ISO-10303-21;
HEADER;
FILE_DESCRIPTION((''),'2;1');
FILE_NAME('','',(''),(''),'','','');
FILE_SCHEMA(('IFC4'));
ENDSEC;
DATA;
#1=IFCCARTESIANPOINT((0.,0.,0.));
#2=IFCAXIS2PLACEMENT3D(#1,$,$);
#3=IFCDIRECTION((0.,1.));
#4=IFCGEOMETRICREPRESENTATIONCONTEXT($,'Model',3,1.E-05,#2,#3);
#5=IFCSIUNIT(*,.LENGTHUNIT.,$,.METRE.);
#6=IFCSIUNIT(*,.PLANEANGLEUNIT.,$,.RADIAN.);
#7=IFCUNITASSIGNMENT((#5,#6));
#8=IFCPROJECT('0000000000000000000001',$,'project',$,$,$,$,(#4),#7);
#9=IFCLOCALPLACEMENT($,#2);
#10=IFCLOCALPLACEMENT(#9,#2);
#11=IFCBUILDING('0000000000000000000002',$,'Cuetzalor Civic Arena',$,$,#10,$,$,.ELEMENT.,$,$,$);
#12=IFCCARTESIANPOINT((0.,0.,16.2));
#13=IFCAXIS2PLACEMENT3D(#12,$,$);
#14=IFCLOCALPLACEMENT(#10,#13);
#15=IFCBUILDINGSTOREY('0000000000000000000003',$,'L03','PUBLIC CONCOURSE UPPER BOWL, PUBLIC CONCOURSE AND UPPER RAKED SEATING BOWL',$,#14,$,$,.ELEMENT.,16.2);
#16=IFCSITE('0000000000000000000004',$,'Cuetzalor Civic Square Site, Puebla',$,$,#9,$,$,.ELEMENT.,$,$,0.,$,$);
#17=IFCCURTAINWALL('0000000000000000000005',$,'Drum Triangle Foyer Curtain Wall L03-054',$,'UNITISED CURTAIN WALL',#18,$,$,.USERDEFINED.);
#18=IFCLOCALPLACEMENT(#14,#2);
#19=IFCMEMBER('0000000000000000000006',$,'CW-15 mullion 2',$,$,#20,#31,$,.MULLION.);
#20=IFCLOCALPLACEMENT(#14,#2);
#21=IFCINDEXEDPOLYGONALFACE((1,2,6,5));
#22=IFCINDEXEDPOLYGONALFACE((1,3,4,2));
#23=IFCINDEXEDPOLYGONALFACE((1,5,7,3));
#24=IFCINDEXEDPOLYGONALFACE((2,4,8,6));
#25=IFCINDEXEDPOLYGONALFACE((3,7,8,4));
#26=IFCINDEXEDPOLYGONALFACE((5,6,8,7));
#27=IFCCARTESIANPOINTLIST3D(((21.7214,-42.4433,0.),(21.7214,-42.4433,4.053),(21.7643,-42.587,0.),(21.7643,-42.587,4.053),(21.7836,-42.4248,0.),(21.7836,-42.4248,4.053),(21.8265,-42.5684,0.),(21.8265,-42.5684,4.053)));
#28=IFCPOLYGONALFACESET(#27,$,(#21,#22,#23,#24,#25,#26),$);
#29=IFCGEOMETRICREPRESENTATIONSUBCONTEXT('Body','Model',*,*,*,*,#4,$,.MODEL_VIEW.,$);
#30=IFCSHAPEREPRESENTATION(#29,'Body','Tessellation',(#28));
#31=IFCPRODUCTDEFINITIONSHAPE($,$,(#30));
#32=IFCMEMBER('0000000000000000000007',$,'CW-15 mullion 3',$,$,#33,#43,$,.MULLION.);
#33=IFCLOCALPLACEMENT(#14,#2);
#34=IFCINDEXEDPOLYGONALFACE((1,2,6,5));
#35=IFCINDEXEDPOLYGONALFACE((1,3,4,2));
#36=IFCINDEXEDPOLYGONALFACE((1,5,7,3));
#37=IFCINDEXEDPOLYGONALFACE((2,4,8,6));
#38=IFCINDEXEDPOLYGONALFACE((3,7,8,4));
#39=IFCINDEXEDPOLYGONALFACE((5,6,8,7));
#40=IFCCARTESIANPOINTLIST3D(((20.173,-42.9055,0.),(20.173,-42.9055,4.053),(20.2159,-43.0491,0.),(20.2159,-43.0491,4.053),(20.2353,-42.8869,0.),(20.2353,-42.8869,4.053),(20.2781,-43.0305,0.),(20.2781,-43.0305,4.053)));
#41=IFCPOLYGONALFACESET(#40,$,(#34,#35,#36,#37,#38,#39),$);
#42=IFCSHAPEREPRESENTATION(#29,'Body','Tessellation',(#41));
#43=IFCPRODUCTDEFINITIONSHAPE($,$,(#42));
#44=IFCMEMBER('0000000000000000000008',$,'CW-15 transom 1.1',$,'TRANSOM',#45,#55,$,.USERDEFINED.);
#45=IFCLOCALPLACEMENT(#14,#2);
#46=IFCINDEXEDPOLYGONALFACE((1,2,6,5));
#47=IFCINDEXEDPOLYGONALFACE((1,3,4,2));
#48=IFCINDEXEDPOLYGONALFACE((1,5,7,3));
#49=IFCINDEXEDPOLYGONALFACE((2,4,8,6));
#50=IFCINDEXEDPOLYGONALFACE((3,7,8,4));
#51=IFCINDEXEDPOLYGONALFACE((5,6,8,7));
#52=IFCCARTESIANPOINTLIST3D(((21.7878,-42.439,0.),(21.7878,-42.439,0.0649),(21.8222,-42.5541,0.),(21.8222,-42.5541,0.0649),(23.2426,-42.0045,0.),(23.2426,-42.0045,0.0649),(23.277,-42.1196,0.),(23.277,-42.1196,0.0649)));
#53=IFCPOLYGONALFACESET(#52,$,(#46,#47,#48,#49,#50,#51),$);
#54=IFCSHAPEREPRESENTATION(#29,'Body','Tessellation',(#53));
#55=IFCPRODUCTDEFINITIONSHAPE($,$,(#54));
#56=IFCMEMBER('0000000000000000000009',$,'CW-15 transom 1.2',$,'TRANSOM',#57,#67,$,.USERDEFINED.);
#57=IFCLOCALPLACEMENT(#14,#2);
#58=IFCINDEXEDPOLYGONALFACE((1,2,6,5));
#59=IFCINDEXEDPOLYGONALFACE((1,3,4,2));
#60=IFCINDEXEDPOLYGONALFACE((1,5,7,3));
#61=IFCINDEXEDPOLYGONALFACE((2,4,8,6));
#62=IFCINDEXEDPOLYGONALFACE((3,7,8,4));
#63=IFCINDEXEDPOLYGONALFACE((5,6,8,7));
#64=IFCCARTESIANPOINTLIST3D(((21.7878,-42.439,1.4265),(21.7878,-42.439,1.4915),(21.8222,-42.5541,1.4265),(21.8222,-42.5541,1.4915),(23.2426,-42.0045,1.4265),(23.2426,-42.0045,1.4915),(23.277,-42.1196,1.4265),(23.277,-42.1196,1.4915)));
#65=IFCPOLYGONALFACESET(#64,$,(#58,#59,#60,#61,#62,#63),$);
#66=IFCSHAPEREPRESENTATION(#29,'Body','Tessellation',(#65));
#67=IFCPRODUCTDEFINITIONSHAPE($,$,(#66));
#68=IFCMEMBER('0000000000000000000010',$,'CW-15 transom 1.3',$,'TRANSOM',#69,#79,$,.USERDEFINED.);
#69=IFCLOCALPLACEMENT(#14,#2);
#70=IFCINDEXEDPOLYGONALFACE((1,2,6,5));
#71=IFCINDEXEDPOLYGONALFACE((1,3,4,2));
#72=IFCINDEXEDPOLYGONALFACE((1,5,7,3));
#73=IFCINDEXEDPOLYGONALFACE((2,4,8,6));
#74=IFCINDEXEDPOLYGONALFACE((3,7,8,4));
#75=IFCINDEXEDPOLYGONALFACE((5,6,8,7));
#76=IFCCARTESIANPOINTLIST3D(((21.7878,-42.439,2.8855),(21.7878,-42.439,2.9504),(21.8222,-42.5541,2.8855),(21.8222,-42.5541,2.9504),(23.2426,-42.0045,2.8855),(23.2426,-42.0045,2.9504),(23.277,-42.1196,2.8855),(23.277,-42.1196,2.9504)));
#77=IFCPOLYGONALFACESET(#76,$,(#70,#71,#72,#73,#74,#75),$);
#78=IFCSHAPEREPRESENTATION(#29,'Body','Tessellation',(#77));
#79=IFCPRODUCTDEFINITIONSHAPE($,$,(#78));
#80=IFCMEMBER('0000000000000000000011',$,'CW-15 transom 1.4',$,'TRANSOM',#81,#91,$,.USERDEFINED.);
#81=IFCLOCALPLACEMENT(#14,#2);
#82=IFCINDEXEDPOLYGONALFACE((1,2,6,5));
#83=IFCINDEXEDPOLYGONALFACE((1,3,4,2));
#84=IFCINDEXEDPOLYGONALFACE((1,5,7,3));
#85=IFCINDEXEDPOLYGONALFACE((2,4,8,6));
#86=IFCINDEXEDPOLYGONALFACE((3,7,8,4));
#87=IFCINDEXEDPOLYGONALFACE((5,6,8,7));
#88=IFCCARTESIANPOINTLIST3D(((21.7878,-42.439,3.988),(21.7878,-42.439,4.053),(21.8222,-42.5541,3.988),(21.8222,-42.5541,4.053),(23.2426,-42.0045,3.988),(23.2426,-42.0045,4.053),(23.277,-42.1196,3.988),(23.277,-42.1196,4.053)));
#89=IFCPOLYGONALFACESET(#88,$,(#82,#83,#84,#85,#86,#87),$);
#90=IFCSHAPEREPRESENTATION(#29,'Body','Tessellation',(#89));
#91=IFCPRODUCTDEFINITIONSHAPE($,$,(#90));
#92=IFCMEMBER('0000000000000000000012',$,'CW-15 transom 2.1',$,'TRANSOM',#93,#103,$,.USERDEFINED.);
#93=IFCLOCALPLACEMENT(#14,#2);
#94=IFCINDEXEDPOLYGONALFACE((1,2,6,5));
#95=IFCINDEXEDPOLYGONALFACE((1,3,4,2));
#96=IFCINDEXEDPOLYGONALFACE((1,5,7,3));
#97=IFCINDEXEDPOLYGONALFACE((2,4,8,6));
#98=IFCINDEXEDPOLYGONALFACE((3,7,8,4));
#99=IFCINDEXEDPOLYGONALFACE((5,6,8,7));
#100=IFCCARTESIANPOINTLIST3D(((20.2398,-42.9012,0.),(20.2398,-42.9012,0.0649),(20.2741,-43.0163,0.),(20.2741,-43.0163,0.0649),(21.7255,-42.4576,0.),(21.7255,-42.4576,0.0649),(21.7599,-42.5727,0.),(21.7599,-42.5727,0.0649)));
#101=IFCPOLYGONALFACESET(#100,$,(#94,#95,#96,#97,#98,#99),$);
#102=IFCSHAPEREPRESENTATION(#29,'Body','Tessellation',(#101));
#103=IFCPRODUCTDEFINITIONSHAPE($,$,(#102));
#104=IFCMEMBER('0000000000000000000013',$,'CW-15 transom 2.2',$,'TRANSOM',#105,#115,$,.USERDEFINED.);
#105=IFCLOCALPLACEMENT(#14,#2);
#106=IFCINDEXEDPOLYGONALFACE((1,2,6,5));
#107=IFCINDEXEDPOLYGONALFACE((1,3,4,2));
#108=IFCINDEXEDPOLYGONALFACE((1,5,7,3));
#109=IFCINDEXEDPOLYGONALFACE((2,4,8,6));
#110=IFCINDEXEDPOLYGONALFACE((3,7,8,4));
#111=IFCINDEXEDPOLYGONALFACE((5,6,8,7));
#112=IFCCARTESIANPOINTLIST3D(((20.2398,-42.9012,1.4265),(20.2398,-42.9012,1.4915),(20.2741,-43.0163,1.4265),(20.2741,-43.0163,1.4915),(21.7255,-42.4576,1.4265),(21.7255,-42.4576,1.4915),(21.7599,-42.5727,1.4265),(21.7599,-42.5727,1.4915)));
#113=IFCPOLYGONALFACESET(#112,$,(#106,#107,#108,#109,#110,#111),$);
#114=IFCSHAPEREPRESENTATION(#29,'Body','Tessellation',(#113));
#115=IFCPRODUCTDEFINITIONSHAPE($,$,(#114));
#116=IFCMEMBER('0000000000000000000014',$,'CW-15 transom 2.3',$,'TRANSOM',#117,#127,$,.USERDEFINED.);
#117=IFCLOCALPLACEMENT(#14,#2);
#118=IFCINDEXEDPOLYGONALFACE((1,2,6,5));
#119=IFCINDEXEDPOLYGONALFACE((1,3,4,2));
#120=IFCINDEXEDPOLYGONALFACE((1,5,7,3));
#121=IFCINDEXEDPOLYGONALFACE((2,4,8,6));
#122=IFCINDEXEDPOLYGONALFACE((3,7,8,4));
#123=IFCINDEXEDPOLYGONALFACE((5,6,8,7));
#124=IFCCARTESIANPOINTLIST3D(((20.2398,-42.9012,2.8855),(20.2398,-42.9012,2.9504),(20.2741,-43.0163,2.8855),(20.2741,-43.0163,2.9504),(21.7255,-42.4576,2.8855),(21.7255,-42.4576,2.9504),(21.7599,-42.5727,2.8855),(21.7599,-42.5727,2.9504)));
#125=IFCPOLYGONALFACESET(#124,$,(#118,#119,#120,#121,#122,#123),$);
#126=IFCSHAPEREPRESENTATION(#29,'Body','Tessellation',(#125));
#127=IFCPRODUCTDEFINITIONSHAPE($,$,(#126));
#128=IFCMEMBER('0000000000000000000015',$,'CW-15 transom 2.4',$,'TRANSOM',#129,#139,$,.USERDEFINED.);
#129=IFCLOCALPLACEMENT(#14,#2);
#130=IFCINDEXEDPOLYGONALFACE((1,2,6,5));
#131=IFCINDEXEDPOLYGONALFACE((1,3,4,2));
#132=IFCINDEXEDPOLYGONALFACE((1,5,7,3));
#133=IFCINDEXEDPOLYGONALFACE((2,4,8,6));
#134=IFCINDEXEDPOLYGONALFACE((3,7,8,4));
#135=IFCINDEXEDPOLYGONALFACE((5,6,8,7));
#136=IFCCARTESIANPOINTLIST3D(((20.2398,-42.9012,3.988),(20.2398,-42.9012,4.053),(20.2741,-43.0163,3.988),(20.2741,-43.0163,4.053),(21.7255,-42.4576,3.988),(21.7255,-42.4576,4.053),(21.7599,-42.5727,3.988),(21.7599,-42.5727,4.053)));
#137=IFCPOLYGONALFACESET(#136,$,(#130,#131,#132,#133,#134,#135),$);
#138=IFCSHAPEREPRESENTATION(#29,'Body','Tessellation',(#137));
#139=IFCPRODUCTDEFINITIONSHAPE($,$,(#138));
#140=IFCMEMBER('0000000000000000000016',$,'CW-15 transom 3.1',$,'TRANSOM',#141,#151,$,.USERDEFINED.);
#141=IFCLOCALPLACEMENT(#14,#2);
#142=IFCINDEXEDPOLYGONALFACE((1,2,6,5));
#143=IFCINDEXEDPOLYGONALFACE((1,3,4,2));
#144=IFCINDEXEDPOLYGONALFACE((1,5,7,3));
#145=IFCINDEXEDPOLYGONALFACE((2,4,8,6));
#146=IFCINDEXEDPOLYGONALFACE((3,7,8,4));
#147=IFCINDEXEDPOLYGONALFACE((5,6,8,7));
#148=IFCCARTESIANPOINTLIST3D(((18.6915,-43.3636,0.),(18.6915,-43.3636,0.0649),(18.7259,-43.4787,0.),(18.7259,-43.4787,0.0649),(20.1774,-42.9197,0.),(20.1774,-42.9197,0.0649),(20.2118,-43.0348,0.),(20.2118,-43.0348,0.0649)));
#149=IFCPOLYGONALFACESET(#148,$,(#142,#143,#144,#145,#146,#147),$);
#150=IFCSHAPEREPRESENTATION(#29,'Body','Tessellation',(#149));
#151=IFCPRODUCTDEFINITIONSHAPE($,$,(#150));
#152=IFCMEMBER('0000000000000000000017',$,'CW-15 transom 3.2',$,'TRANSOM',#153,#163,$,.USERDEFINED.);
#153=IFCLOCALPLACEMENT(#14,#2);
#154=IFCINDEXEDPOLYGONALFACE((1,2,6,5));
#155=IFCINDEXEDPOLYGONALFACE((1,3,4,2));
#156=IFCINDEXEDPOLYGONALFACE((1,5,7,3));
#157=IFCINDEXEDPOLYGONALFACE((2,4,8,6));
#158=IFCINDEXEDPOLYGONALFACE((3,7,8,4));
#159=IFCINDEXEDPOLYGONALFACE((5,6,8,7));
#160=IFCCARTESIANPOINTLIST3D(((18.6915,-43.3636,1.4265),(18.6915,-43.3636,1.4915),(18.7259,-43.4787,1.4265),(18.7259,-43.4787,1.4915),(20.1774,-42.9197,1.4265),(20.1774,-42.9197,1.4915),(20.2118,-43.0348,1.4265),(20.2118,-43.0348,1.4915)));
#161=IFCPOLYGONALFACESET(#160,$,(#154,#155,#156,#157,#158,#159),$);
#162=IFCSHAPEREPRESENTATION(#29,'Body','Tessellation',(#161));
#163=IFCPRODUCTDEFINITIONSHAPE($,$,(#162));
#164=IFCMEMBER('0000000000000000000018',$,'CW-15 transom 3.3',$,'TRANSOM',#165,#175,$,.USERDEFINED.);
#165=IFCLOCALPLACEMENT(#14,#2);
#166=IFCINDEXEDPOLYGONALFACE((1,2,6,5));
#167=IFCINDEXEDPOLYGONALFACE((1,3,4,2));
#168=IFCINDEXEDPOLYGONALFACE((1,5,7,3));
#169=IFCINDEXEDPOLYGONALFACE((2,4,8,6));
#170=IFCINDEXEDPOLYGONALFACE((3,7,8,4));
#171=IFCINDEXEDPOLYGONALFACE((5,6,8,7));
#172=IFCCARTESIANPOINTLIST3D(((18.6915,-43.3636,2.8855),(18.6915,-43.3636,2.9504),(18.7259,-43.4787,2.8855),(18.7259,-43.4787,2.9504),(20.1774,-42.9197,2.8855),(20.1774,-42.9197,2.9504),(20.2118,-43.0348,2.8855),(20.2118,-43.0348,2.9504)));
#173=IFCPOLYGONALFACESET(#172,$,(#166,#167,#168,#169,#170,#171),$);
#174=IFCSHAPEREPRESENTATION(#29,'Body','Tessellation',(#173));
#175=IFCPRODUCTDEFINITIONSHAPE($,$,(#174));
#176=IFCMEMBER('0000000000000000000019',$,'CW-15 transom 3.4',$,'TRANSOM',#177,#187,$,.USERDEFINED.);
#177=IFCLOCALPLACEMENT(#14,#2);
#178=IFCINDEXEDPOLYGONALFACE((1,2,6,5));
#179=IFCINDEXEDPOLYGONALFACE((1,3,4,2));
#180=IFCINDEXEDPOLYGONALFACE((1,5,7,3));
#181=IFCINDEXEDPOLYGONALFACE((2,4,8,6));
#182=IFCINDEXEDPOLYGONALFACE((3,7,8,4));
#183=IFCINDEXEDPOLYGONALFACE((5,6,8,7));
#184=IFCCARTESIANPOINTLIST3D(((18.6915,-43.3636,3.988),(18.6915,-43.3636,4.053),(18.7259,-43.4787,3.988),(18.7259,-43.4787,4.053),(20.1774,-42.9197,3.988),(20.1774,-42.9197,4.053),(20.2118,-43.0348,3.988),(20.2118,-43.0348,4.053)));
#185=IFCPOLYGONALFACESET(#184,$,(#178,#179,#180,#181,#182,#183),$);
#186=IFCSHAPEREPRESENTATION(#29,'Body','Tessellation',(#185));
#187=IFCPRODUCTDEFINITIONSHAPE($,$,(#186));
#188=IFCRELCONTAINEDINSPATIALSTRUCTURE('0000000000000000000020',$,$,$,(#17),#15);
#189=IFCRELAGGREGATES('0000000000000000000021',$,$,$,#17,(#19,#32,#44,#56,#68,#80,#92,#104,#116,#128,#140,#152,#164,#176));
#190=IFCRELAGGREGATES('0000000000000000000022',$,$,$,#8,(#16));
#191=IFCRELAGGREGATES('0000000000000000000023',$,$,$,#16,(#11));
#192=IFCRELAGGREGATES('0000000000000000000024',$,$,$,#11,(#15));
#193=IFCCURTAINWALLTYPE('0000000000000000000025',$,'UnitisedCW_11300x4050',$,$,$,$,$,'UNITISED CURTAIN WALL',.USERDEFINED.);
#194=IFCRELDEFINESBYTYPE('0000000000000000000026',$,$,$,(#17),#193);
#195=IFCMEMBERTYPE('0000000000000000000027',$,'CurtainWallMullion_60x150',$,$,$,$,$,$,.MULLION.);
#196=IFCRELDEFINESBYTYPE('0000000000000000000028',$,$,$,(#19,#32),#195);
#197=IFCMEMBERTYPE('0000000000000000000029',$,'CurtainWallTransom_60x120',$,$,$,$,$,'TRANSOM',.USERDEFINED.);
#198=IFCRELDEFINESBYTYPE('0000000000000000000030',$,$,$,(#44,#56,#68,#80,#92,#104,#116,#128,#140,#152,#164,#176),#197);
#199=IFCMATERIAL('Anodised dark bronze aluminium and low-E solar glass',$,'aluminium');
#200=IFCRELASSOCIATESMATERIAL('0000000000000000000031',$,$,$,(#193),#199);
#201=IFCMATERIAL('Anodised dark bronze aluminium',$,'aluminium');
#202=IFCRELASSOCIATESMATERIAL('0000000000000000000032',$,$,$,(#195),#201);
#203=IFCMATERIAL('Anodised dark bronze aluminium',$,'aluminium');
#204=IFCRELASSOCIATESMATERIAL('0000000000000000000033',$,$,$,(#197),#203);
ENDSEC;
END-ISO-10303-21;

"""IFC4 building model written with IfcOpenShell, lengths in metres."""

from ifc_helpers import new_model, si_unit, direction, frame, origin, origin_2d, place, context, subcontext, project, spatial, rectangle, extrude, material, material_profile, profile_set, type_object, element, aggregate, save


model = new_model("IFC4")

# Units and contexts
model_context = context("Model", 3, precision=1e-05, world=origin(), true_north=direction((0.0, 1.0)))
body_context = subcontext(model_context, "Body", "Model", "MODEL_VIEW")
ifc_project = project(units=[si_unit("LENGTHUNIT", "METRE"), si_unit("PLANEANGLEUNIT", "RADIAN")], contexts=[model_context])

# Site, building, storey
site_placement = place(None, origin())
site = spatial("IfcSite", under=ifc_project, at=site_placement, Name="Cuetzalor Civic Square Site, Puebla", CompositionType="ELEMENT", RefElevation=0.0)
building_placement = place(site_placement, origin())
building = spatial("IfcBuilding", under=site, at=building_placement, Name="Cuetzalor Civic Arena", CompositionType="ELEMENT")
storey_placement = place(building_placement, frame((0.0, 0.0, 16.2)))
storey = spatial("IfcBuildingStorey", under=building, at=storey_placement, Name="L03", Description="PUBLIC CONCOURSE UPPER BOWL, PUBLIC CONCOURSE AND UPPER RAKED SEATING BOWL", CompositionType="ELEMENT", Elevation=16.2)

# Curtain wall, members
ifc_material_1 = material(Name="Anodised dark bronze aluminium and low-E solar glass", Category="aluminium")
curtain_wall_type = type_object("IfcCurtainWallType", Name="UnitisedCW_11300x4050", ElementType="UNITISED CURTAIN WALL", PredefinedType="USERDEFINED", material=ifc_material_1)
curtain_wall_placement = place(storey_placement, origin())
curtain_wall = element("IfcCurtainWall", 1, at=curtain_wall_placement, inside=storey, type_object=curtain_wall_type, Name="Drum Triangle Foyer Curtain Wall L03-054", ObjectType="UNITISED CURTAIN WALL", PredefinedType="USERDEFINED")
ifc_material_2 = material(Name="Anodised dark bronze aluminium", Category="aluminium")
ifc_material_profile_1 = material_profile(ifc_material_2, rectangle(XDim=0.0649, YDim=0.1499, at=origin_2d()), Name="ALU MULLION 65x150")
ifc_profile_set_1 = profile_set([ifc_material_profile_1], Name="Anodised dark bronze aluminium")
member_type_1 = type_object("IfcMemberType", Name="CurtainWallMullion_60x150", PredefinedType="MULLION", material=ifc_profile_set_1)
member_1_placement = place(storey_placement, frame((21.7739, -42.5059, 0.0), z_axis=(0.0, 0.0, 1.0), x_axis=(-0.958194, -0.28612, 0.0)))
member_1 = element("IfcMember", 2, at=member_1_placement, type_object=member_type_1, Name="CW-15 mullion 2", PredefinedType="MULLION", context=body_context, shape_type="SweptSolid", body=[
    extrude(rectangle(XDim=0.0649, YDim=0.1499, at=origin_2d()), origin(), (0.0, 0.0, 1.0), 4.053),
])
member_2_placement = place(storey_placement, frame((20.2256, -42.968, 0.0), z_axis=(0.0, 0.0, 1.0), x_axis=(-0.958194, -0.28612, 0.0)))
member_2 = element("IfcMember", 3, at=member_2_placement, type_object=member_type_1, Name="CW-15 mullion 3", PredefinedType="MULLION", context=body_context, shape_type="SweptSolid", body=[
    extrude(rectangle(XDim=0.0649, YDim=0.1499, at=origin_2d()), origin(), (0.0, 0.0, 1.0), 4.053),
])
ifc_material_3 = material(Name="Anodised dark bronze aluminium", Category="aluminium")
ifc_material_profile_2 = material_profile(ifc_material_3, rectangle(XDim=0.1201, YDim=0.0649, at=origin_2d()), Name="ALU TRANSOM 65x120")
ifc_profile_set_2 = profile_set([ifc_material_profile_2], Name="Anodised dark bronze aluminium")
member_type_2 = type_object("IfcMemberType", Name="CurtainWallTransom_60x120", ElementType="TRANSOM", PredefinedType="USERDEFINED", material=ifc_profile_set_2)
member_3_placement = place(storey_placement, frame((23.2598, -42.062, 0.0325), z_axis=(-0.958166, -0.286212, 0.0), x_axis=(0.286212, -0.958166, 0.0)))
member_3 = element("IfcMember", 4, at=member_3_placement, type_object=member_type_2, Name="CW-15 transom 1.1", ObjectType="TRANSOM", PredefinedType="USERDEFINED", context=body_context, shape_type="SweptSolid", body=[
    extrude(rectangle(XDim=0.1201, YDim=0.0649, at=origin_2d()), origin(), (0.0, 0.0, 1.0), 1.5183),
])
member_4_placement = place(storey_placement, frame((23.2598, -42.062, 1.459), z_axis=(-0.958166, -0.286212, 0.0), x_axis=(0.286212, -0.958166, 0.0)))
member_4 = element("IfcMember", 5, at=member_4_placement, type_object=member_type_2, Name="CW-15 transom 1.2", ObjectType="TRANSOM", PredefinedType="USERDEFINED", context=body_context, shape_type="SweptSolid", body=[
    extrude(rectangle(XDim=0.1201, YDim=0.0649, at=origin_2d()), origin(), (0.0, 0.0, 1.0), 1.5183),
])
member_5_placement = place(storey_placement, frame((23.2598, -42.062, 2.918), z_axis=(-0.958166, -0.286212, 0.0), x_axis=(0.286212, -0.958166, 0.0)))
member_5 = element("IfcMember", 6, at=member_5_placement, type_object=member_type_2, Name="CW-15 transom 1.3", ObjectType="TRANSOM", PredefinedType="USERDEFINED", context=body_context, shape_type="SweptSolid", body=[
    extrude(rectangle(XDim=0.1201, YDim=0.0649, at=origin_2d()), origin(), (0.0, 0.0, 1.0), 1.5183),
])
member_6_placement = place(storey_placement, frame((23.2598, -42.062, 4.0205), z_axis=(-0.958166, -0.286212, 0.0), x_axis=(0.286212, -0.958166, 0.0)))
member_6 = element("IfcMember", 7, at=member_6_placement, type_object=member_type_2, Name="CW-15 transom 1.4", ObjectType="TRANSOM", PredefinedType="USERDEFINED", context=body_context, shape_type="SweptSolid", body=[
    extrude(rectangle(XDim=0.1201, YDim=0.0649, at=origin_2d()), origin(), (0.0, 0.0, 1.0), 1.5183),
])
member_7_placement = place(storey_placement, frame((21.7427, -42.5151, 0.0325), z_axis=(-0.958207, -0.286077, 0.0), x_axis=(0.286077, -0.958207, 0.0)))
member_7 = element("IfcMember", 8, at=member_7_placement, type_object=member_type_2, Name="CW-15 transom 2.1", ObjectType="TRANSOM", PredefinedType="USERDEFINED", context=body_context, shape_type="SweptSolid", body=[
    extrude(rectangle(XDim=0.1201, YDim=0.0649, at=origin_2d()), origin(), (0.0, 0.0, 1.0), 1.5505),
])
member_8_placement = place(storey_placement, frame((21.7427, -42.5151, 1.459), z_axis=(-0.958207, -0.286077, 0.0), x_axis=(0.286077, -0.958207, 0.0)))
member_8 = element("IfcMember", 9, at=member_8_placement, type_object=member_type_2, Name="CW-15 transom 2.2", ObjectType="TRANSOM", PredefinedType="USERDEFINED", context=body_context, shape_type="SweptSolid", body=[
    extrude(rectangle(XDim=0.1201, YDim=0.0649, at=origin_2d()), origin(), (0.0, 0.0, 1.0), 1.5505),
])
member_9_placement = place(storey_placement, frame((21.7427, -42.5151, 2.918), z_axis=(-0.958207, -0.286077, 0.0), x_axis=(0.286077, -0.958207, 0.0)))
member_9 = element("IfcMember", 10, at=member_9_placement, type_object=member_type_2, Name="CW-15 transom 2.3", ObjectType="TRANSOM", PredefinedType="USERDEFINED", context=body_context, shape_type="SweptSolid", body=[
    extrude(rectangle(XDim=0.1201, YDim=0.0649, at=origin_2d()), origin(), (0.0, 0.0, 1.0), 1.5505),
])
member_10_placement = place(storey_placement, frame((21.7427, -42.5151, 4.0205), z_axis=(-0.958207, -0.286077, 0.0), x_axis=(0.286077, -0.958207, 0.0)))
member_10 = element("IfcMember", 11, at=member_10_placement, type_object=member_type_2, Name="CW-15 transom 2.4", ObjectType="TRANSOM", PredefinedType="USERDEFINED", context=body_context, shape_type="SweptSolid", body=[
    extrude(rectangle(XDim=0.1201, YDim=0.0649, at=origin_2d()), origin(), (0.0, 0.0, 1.0), 1.5505),
])
member_11_placement = place(storey_placement, frame((20.1946, -42.9773, 0.0325), z_axis=(-0.958164, -0.286221, 0.0), x_axis=(0.286221, -0.958164, 0.0)))
member_11 = element("IfcMember", 12, at=member_11_placement, type_object=member_type_2, Name="CW-15 transom 3.1", ObjectType="TRANSOM", PredefinedType="USERDEFINED", context=body_context, shape_type="SweptSolid", body=[
    extrude(rectangle(XDim=0.1201, YDim=0.0649, at=origin_2d()), origin(), (0.0, 0.0, 1.0), 1.5508),
])
member_12_placement = place(storey_placement, frame((20.1946, -42.9773, 1.459), z_axis=(-0.958164, -0.286221, 0.0), x_axis=(0.286221, -0.958164, 0.0)))
member_12 = element("IfcMember", 13, at=member_12_placement, type_object=member_type_2, Name="CW-15 transom 3.2", ObjectType="TRANSOM", PredefinedType="USERDEFINED", context=body_context, shape_type="SweptSolid", body=[
    extrude(rectangle(XDim=0.1201, YDim=0.0649, at=origin_2d()), origin(), (0.0, 0.0, 1.0), 1.5508),
])
member_13_placement = place(storey_placement, frame((20.1946, -42.9773, 2.918), z_axis=(-0.958164, -0.286221, 0.0), x_axis=(0.286221, -0.958164, 0.0)))
member_13 = element("IfcMember", 14, at=member_13_placement, type_object=member_type_2, Name="CW-15 transom 3.3", ObjectType="TRANSOM", PredefinedType="USERDEFINED", context=body_context, shape_type="SweptSolid", body=[
    extrude(rectangle(XDim=0.1201, YDim=0.0649, at=origin_2d()), origin(), (0.0, 0.0, 1.0), 1.5508),
])
member_14_placement = place(storey_placement, frame((20.1946, -42.9773, 4.0205), z_axis=(-0.958164, -0.286221, 0.0), x_axis=(0.286221, -0.958164, 0.0)))
member_14 = element("IfcMember", 15, at=member_14_placement, type_object=member_type_2, Name="CW-15 transom 3.4", ObjectType="TRANSOM", PredefinedType="USERDEFINED", context=body_context, shape_type="SweptSolid", body=[
    extrude(rectangle(XDim=0.1201, YDim=0.0649, at=origin_2d()), origin(), (0.0, 0.0, 1.0), 1.5508),
])
aggregate(curtain_wall, [member_1, member_2, member_3, member_4, member_5, member_6, member_7, member_8, member_9, member_10, member_11, member_12, member_13, member_14])

save(model, "model.ifc")
